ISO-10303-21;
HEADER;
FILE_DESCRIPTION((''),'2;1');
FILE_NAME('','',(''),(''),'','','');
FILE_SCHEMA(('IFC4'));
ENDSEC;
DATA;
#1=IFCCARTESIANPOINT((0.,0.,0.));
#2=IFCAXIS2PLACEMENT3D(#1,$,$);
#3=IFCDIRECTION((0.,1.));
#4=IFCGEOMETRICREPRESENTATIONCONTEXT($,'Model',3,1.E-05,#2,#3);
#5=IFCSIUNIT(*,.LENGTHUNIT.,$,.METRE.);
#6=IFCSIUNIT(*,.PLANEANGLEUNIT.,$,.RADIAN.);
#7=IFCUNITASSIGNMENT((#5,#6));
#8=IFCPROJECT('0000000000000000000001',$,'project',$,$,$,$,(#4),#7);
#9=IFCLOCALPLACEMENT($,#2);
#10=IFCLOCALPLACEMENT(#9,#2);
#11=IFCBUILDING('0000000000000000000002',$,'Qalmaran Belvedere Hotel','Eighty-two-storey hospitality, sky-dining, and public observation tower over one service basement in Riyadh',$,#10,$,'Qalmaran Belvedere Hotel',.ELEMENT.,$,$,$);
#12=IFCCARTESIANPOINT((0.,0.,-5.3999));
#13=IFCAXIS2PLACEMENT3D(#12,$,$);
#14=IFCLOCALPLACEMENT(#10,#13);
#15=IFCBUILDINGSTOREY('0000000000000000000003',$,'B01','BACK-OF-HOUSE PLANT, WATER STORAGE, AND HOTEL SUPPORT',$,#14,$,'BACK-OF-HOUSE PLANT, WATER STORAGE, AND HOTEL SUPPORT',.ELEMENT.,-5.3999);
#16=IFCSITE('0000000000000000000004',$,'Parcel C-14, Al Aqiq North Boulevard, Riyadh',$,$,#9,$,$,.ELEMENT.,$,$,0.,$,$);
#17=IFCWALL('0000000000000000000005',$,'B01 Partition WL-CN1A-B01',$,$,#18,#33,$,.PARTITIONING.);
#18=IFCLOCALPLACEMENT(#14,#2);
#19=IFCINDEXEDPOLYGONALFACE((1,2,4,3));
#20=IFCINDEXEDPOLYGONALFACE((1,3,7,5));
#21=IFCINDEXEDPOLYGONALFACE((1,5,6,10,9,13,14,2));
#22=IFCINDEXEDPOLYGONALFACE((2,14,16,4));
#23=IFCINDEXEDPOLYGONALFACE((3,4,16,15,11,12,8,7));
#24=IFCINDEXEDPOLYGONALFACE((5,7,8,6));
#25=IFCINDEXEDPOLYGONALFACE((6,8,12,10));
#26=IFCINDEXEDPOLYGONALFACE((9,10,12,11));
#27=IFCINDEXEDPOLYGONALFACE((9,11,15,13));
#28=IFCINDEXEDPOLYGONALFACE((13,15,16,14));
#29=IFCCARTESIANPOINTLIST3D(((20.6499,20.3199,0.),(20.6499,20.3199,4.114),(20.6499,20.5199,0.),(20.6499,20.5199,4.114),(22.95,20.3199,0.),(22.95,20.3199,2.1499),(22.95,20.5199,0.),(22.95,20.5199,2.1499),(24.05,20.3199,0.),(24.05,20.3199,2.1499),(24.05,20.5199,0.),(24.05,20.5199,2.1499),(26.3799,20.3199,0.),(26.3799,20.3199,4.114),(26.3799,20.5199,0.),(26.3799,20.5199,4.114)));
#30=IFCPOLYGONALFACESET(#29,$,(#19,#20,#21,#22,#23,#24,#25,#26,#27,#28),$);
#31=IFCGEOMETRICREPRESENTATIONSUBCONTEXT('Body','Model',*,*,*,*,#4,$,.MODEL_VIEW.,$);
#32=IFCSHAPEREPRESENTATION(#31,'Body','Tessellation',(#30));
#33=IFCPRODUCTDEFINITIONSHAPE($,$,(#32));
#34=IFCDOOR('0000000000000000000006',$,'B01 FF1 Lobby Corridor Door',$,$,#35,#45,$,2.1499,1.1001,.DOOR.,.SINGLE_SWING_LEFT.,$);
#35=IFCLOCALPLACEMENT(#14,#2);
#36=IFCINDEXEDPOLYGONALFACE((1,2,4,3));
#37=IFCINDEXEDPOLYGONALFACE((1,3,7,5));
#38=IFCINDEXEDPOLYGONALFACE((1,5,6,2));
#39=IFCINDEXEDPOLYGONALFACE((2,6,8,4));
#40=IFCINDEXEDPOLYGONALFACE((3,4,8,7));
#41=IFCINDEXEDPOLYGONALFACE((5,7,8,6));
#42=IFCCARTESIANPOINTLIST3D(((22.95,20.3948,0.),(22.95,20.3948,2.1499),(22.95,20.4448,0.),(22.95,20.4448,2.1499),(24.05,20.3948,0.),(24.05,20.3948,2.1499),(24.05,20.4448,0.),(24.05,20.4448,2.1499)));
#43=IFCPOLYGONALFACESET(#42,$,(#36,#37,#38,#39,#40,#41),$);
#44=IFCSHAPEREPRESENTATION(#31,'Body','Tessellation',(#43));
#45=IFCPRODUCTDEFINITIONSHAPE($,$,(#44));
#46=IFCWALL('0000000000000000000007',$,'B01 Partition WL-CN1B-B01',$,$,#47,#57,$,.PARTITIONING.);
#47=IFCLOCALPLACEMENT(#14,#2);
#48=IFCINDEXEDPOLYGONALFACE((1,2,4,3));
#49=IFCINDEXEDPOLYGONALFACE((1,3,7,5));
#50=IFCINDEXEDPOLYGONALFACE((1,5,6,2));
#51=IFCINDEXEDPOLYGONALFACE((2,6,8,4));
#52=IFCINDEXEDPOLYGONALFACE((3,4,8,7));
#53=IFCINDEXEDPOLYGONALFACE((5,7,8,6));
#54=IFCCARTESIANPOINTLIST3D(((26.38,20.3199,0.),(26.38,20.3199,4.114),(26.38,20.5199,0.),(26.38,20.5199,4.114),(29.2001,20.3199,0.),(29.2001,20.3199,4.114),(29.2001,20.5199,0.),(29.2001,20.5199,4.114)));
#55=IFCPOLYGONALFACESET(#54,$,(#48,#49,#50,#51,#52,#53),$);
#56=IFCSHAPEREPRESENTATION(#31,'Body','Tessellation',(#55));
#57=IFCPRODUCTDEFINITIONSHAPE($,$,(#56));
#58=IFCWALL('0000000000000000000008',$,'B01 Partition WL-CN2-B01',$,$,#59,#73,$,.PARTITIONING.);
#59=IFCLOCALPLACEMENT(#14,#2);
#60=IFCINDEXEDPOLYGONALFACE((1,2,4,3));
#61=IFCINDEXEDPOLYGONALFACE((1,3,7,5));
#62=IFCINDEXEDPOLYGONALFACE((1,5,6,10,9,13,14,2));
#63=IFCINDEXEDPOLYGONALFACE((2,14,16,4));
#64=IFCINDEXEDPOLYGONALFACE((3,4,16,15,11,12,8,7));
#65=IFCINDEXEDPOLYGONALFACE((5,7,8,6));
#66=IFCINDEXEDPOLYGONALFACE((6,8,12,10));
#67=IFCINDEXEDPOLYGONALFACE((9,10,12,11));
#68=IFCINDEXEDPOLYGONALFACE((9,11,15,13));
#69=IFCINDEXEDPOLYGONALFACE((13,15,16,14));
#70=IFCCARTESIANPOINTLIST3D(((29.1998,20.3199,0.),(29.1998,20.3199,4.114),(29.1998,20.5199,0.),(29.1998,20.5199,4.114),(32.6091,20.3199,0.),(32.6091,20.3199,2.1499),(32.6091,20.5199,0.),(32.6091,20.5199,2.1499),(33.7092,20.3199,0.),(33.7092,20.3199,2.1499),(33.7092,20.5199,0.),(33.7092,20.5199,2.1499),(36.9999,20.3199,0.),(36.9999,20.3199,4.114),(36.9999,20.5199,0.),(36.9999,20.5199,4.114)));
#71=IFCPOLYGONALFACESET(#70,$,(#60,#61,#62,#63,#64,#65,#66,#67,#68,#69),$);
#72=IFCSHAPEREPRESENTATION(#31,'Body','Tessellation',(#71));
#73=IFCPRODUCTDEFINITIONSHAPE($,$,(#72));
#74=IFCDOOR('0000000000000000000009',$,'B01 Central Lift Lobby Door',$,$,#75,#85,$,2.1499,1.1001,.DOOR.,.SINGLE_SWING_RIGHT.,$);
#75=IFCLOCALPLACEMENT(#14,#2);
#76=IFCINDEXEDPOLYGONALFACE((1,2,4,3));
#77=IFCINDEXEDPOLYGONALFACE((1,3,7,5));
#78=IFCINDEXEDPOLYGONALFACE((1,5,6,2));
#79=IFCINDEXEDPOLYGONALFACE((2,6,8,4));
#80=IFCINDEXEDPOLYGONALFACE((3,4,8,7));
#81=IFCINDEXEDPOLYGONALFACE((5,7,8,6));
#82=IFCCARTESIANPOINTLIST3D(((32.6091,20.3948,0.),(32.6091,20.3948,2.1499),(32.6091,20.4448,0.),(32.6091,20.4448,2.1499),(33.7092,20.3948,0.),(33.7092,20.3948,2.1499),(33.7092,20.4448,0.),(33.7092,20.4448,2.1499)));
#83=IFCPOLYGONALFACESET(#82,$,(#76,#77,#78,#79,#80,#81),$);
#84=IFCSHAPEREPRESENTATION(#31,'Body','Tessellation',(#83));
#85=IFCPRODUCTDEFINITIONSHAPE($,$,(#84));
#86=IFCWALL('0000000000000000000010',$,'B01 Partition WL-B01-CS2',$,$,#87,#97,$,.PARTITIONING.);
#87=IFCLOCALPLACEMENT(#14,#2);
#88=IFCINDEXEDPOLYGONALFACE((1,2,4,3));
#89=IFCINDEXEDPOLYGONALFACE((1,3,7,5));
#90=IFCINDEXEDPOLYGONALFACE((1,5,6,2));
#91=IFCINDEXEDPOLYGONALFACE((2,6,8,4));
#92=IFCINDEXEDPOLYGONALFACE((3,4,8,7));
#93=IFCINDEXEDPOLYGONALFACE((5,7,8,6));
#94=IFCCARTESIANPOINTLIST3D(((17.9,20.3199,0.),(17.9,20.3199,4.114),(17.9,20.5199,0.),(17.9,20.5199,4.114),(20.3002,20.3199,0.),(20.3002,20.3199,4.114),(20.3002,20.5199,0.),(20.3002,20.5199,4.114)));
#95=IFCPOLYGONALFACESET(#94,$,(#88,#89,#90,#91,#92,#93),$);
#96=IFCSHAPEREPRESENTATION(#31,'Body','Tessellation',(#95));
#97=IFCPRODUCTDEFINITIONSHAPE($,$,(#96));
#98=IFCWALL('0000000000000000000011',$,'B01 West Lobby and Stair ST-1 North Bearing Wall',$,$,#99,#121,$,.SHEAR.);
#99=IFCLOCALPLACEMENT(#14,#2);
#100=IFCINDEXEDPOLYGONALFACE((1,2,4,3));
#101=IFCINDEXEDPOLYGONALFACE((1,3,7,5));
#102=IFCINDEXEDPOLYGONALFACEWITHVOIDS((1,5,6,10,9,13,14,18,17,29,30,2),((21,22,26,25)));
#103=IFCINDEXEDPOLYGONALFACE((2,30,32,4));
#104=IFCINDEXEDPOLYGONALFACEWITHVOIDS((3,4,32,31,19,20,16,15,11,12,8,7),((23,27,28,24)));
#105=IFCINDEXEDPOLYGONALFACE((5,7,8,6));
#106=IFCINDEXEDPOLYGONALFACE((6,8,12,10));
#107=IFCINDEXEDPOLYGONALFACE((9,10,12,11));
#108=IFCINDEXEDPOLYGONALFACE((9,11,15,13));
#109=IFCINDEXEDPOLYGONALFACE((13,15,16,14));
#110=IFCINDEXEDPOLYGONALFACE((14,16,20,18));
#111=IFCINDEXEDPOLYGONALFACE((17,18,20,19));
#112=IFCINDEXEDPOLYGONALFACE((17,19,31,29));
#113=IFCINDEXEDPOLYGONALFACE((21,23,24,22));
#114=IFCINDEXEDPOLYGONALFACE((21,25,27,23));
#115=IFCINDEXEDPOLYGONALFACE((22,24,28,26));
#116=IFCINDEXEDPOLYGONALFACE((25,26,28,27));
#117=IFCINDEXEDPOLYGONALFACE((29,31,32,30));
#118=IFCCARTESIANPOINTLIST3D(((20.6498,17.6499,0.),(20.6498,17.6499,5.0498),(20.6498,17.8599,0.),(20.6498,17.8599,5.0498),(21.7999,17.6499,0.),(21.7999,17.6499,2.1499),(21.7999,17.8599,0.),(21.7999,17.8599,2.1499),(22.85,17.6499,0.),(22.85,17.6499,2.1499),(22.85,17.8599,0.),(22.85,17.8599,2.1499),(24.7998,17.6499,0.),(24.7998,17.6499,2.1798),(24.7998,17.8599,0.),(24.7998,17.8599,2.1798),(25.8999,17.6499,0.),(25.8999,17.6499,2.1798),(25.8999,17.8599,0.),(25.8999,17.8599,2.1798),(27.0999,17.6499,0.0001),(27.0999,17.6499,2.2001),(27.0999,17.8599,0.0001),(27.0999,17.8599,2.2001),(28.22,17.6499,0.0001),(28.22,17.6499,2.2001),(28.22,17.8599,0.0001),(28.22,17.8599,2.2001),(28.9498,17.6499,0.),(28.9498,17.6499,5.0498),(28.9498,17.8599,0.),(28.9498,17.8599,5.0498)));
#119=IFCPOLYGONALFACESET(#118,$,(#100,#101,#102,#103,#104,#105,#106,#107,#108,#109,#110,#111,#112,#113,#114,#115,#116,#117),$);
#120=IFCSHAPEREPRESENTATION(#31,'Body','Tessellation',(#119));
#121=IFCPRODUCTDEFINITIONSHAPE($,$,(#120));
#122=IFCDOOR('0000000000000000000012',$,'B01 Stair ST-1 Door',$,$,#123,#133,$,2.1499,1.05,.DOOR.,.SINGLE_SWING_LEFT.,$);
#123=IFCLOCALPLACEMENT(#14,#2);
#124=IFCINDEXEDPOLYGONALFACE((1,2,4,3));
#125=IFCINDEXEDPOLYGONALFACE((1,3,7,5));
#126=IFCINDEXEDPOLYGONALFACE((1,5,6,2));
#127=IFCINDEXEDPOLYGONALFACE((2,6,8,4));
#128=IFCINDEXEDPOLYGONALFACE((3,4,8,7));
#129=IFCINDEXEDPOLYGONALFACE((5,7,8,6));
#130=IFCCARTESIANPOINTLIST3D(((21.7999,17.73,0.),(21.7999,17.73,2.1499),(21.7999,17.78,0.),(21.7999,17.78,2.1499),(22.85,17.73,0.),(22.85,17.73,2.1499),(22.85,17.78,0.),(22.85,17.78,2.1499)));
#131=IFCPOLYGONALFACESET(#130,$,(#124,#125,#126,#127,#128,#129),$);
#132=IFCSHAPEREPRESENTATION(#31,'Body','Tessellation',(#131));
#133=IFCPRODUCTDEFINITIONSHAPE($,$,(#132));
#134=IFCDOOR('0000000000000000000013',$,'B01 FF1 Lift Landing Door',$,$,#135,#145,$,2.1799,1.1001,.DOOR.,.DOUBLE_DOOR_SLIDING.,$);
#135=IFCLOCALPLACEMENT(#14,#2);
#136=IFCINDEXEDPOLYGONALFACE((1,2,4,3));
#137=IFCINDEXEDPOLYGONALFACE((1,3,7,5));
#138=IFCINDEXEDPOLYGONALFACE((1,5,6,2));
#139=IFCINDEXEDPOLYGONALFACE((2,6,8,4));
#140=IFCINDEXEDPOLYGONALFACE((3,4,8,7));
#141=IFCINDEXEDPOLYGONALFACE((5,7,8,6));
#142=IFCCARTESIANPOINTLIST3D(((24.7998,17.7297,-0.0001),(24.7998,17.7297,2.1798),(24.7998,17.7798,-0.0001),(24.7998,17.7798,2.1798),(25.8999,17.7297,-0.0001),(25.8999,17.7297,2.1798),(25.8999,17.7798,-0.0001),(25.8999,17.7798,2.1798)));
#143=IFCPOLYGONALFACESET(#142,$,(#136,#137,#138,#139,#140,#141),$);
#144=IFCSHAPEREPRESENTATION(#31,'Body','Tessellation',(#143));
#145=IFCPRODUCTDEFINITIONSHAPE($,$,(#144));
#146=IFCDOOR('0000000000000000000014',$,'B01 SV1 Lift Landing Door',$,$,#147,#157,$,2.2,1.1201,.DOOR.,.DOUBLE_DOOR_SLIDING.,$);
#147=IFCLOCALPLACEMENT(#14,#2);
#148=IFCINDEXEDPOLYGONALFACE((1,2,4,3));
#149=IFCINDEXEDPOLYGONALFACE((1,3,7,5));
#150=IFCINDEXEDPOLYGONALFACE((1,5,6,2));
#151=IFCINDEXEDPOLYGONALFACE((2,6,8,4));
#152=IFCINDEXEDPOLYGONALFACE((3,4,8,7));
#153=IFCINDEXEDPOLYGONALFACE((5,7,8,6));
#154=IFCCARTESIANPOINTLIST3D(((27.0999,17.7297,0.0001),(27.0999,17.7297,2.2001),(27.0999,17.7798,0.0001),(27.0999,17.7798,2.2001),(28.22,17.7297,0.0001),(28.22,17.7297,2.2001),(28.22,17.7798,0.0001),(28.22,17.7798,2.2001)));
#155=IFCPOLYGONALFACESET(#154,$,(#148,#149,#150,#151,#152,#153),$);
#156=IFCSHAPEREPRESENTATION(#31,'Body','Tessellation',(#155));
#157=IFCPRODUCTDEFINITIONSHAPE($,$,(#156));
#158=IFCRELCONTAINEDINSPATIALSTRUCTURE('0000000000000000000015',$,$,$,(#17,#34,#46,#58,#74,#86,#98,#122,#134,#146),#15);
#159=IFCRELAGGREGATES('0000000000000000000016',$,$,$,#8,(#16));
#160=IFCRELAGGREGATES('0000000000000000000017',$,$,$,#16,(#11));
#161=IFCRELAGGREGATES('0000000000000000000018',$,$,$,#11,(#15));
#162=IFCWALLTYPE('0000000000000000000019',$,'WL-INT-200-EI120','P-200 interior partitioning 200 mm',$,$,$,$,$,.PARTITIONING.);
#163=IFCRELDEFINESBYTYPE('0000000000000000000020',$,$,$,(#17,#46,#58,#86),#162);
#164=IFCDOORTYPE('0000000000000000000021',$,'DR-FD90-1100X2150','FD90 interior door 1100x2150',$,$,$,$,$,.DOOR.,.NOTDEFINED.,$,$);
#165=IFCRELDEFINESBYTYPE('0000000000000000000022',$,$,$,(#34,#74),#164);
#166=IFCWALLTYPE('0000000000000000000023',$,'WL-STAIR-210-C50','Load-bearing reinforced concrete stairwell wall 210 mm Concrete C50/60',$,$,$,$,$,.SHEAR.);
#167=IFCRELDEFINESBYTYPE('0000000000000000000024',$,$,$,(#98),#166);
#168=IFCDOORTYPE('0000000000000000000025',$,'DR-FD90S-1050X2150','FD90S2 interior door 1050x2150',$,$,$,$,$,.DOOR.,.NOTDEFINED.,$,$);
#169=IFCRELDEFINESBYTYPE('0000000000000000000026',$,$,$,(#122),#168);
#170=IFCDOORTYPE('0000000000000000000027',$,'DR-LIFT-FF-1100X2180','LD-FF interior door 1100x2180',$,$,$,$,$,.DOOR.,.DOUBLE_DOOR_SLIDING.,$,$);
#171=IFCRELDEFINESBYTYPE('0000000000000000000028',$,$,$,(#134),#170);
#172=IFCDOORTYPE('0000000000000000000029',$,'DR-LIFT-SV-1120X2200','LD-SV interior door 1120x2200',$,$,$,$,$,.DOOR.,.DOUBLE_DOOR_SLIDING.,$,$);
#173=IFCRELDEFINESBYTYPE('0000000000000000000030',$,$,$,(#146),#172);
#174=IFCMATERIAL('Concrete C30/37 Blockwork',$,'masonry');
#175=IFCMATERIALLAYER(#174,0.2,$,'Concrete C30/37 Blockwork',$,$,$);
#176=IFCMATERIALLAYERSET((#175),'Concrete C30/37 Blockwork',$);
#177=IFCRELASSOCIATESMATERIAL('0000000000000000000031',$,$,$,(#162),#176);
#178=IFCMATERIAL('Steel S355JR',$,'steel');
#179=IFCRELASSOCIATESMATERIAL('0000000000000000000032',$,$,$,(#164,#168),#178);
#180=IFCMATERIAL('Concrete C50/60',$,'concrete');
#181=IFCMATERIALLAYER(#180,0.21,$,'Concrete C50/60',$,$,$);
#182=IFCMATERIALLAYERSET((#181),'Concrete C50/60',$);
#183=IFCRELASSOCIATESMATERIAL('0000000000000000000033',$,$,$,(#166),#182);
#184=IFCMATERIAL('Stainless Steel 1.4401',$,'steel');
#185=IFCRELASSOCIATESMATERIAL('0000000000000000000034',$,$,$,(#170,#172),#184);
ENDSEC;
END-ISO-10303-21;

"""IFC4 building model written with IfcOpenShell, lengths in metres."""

from ifc_helpers import new_model, si_unit, direction, frame, frame_2d, origin, place, context, subcontext, project, spatial, rectangle, extrude, material, layer, layer_set, type_object, element, fill, save


model = new_model("IFC4")

# Units and contexts
model_context = context("Model", 3, precision=1e-05, world=origin(), true_north=direction((0.0, 1.0)))
body_context = subcontext(model_context, "Body", "Model", "MODEL_VIEW")
ifc_project = project(units=[si_unit("LENGTHUNIT", "METRE"), si_unit("PLANEANGLEUNIT", "RADIAN")], contexts=[model_context])

# Site, building, storey
site_placement = place(None, origin())
site = spatial("IfcSite", under=ifc_project, at=site_placement, Name="Parcel C-14, Al Aqiq North Boulevard, Riyadh", CompositionType="ELEMENT", RefElevation=0.0)
building_placement = place(site_placement, origin())
building = spatial("IfcBuilding", under=site, at=building_placement, Name="Qalmaran Belvedere Hotel", Description="Eighty-two-storey hospitality, sky-dining, and public observation tower over one service basement in Riyadh", LongName="Qalmaran Belvedere Hotel", CompositionType="ELEMENT")
storey_placement = place(building_placement, frame((0.0, 0.0, -5.3999)))
storey = spatial("IfcBuildingStorey", under=building, at=storey_placement, Name="B01", Description="BACK-OF-HOUSE PLANT, WATER STORAGE, AND HOTEL SUPPORT", LongName="BACK-OF-HOUSE PLANT, WATER STORAGE, AND HOTEL SUPPORT", CompositionType="ELEMENT", Elevation=-5.3999)

# Shared definitions
ifc_material_1 = material(Name="Steel S355JR", Category="steel")

# Wall, opening, door
ifc_material_2 = material(Name="Concrete C30/37 Blockwork", Category="masonry")
ifc_layer_1 = layer(ifc_material_2, 0.2, Name="Concrete C30/37 Blockwork")
ifc_layer_set_1 = layer_set([ifc_layer_1], Name="Concrete C30/37 Blockwork")
wall_type_1 = type_object("IfcWallType", Name="WL-INT-200-EI120", Description="P-200 interior partitioning 200 mm", PredefinedType="PARTITIONING", material=ifc_layer_set_1)
wall_1_placement = place(storey_placement, frame((20.6499, 20.4199, 0.0), z_axis=(0.0, 0.0, 1.0), x_axis=(1.0, 0.0, 0.0)))
wall_1 = element("IfcWall", 1, at=wall_1_placement, inside=storey, type_object=wall_type_1, Name="B01 Partition WL-CN1A-B01", PredefinedType="PARTITIONING", context=body_context, shape_type="SweptSolid", body=[
    extrude(rectangle(XDim=5.73, YDim=0.2, at=frame_2d((2.865, 0.0))), origin(), (0.0, 0.0, 1.0), 4.114),
])
opening_1_placement = place(wall_1_placement, frame((2.3, 0.0, 0.0)))
opening_1 = element("IfcOpeningElement", 2, at=opening_1_placement, cuts=wall_1, PredefinedType="OPENING", context=body_context, shape_type="SweptSolid", body=[
    extrude(rectangle(XDim=1.1001, YDim=2.1499, at=frame_2d((0.55, 1.075))), frame((0.0, 0.1099, 0.0), z_axis=(0.0, -1.0, 0.0), x_axis=(1.0, 0.0, 0.0)), (0.0, 0.0, 1.0), 0.22),
])
door_type_1 = type_object("IfcDoorType", Name="DR-FD90-1100X2150", Description="FD90 interior door 1100x2150", OperationType="NOTDEFINED", PredefinedType="DOOR", material=ifc_material_1)
door_1_placement = place(opening_1_placement, origin())
door_1 = element("IfcDoor", 3, at=door_1_placement, inside=storey, type_object=door_type_1, Name="B01 FF1 Lobby Corridor Door", OperationType="SINGLE_SWING_LEFT", OverallHeight=2.1499, OverallWidth=1.1001, PredefinedType="DOOR", context=body_context, shape_type="SweptSolid", body=[
    extrude(rectangle(XDim=1.1001, YDim=2.1499, at=frame_2d((0.55, 1.075))), frame((0.0, 0.0249, 0.0), z_axis=(0.0, -1.0, 0.0), x_axis=(1.0, 0.0, 0.0)), (0.0, 0.0, 1.0), 0.05),
])
fill(opening_1, door_1)

# Wall
wall_2_placement = place(storey_placement, frame((26.3799, 20.4199, 0.0), z_axis=(0.0, 0.0, 1.0), x_axis=(1.0, 0.0, 0.0)))
element("IfcWall", 4, at=wall_2_placement, inside=storey, type_object=wall_type_1, Name="B01 Partition WL-CN1B-B01", PredefinedType="PARTITIONING", context=body_context, shape_type="SweptSolid", body=[
    extrude(rectangle(XDim=2.8201, YDim=0.2, at=frame_2d((1.4102, 0.0))), origin(), (0.0, 0.0, 1.0), 4.114),
])

# Wall, opening, door
wall_3_placement = place(storey_placement, frame((29.2, 20.4199, 0.0), z_axis=(0.0, 0.0, 1.0), x_axis=(1.0, 0.0, 0.0)))
wall_3 = element("IfcWall", 5, at=wall_3_placement, inside=storey, type_object=wall_type_1, Name="B01 Partition WL-CN2-B01", PredefinedType="PARTITIONING", context=body_context, shape_type="SweptSolid", body=[
    extrude(rectangle(XDim=7.8, YDim=0.2, at=frame_2d((3.8999, 0.0))), origin(), (0.0, 0.0, 1.0), 4.114),
])
opening_2_placement = place(wall_3_placement, frame((3.4092, 0.0, 0.0)))
opening_2 = element("IfcOpeningElement", 6, at=opening_2_placement, cuts=wall_3, PredefinedType="OPENING", context=body_context, shape_type="SweptSolid", body=[
    extrude(rectangle(XDim=1.1001, YDim=2.1499, at=frame_2d((0.55, 1.075))), frame((0.0, 0.1099, 0.0), z_axis=(0.0, -1.0, 0.0), x_axis=(1.0, 0.0, 0.0)), (0.0, 0.0, 1.0), 0.22),
])
door_2_placement = place(opening_2_placement, origin())
door_2 = element("IfcDoor", 7, at=door_2_placement, inside=storey, type_object=door_type_1, Name="B01 Central Lift Lobby Door", OperationType="SINGLE_SWING_RIGHT", OverallHeight=2.1499, OverallWidth=1.1001, PredefinedType="DOOR", context=body_context, shape_type="SweptSolid", body=[
    extrude(rectangle(XDim=1.1001, YDim=2.1499, at=frame_2d((0.55, 1.075))), frame((0.0, 0.0249, 0.0), z_axis=(0.0, -1.0, 0.0), x_axis=(1.0, 0.0, 0.0)), (0.0, 0.0, 1.0), 0.05),
])
fill(opening_2, door_2)

# Wall
wall_4_placement = place(storey_placement, frame((17.8999, 20.4199, 0.0), z_axis=(0.0, 0.0, 1.0), x_axis=(1.0, 0.0, 0.0)))
element("IfcWall", 8, at=wall_4_placement, inside=storey, type_object=wall_type_1, Name="B01 Partition WL-B01-CS2", PredefinedType="PARTITIONING", context=body_context, shape_type="SweptSolid", body=[
    extrude(rectangle(XDim=2.4001, YDim=0.2, at=frame_2d((1.2002, 0.0))), origin(), (0.0, 0.0, 1.0), 4.114),
])

# Wall, openings, doors
ifc_material_3 = material(Name="Concrete C50/60", Category="concrete")
ifc_layer_2 = layer(ifc_material_3, 0.21, Name="Concrete C50/60")
ifc_layer_set_2 = layer_set([ifc_layer_2], Name="Concrete C50/60")
wall_type_2 = type_object("IfcWallType", Name="WL-STAIR-210-C50", Description="Load-bearing reinforced concrete stairwell wall 210 mm Concrete C50/60", PredefinedType="SHEAR", material=ifc_layer_set_2)
wall_5_placement = place(storey_placement, frame((20.6499, 17.7549, 0.0), z_axis=(0.0, 0.0, 1.0), x_axis=(1.0, 0.0, 0.0)))
wall_5 = element("IfcWall", 9, at=wall_5_placement, inside=storey, type_object=wall_type_2, Name="B01 West Lobby and Stair ST-1 North Bearing Wall", PredefinedType="SHEAR", context=body_context, shape_type="SweptSolid", body=[
    extrude(rectangle(XDim=8.3, YDim=0.21, at=frame_2d((4.1499, 0.0))), origin(), (0.0, 0.0, 1.0), 5.0498),
])
opening_3_placement = place(wall_5_placement, frame((2.2, 0.0, 0.0), z_axis=(0.0, 0.0, 1.0), x_axis=(-1.0, 0.0, 0.0)))
opening_3 = element("IfcOpeningElement", 10, at=opening_3_placement, cuts=wall_5, PredefinedType="OPENING", context=body_context, shape_type="SweptSolid", body=[
    extrude(rectangle(XDim=1.05, YDim=2.1499, at=frame_2d((0.5249, 1.075))), frame((0.0, 0.115, 0.0), z_axis=(0.0, -1.0, 0.0), x_axis=(1.0, 0.0, 0.0)), (0.0, 0.0, 1.0), 0.23),
])
opening_4_placement = place(wall_5_placement, frame((4.1499, 0.0, 0.0)))
opening_4 = element("IfcOpeningElement", 11, at=opening_4_placement, cuts=wall_5, PredefinedType="OPENING", context=body_context, shape_type="SweptSolid", body=[
    extrude(rectangle(XDim=1.1001, YDim=2.1799, at=frame_2d((0.55, 1.0898))), frame((0.0, 0.115, 0.0), z_axis=(0.0, -1.0, 0.0), x_axis=(1.0, 0.0, 0.0)), (0.0, 0.0, 1.0), 0.23),
])
opening_5_placement = place(wall_5_placement, frame((6.45, 0.0, 0.0)))
opening_5 = element("IfcOpeningElement", 12, at=opening_5_placement, cuts=wall_5, PredefinedType="OPENING", context=body_context, shape_type="SweptSolid", body=[
    extrude(rectangle(XDim=1.1201, YDim=2.2, at=frame_2d((0.5601, 1.1001))), frame((0.0, 0.115, 0.0), z_axis=(0.0, -1.0, 0.0), x_axis=(1.0, 0.0, 0.0)), (0.0, 0.0, 1.0), 0.23),
])
door_type_2 = type_object("IfcDoorType", Name="DR-FD90S-1050X2150", Description="FD90S2 interior door 1050x2150", OperationType="NOTDEFINED", PredefinedType="DOOR", material=ifc_material_1)
door_3_placement = place(opening_3_placement, origin())
door_3 = element("IfcDoor", 13, at=door_3_placement, inside=storey, type_object=door_type_2, Name="B01 Stair ST-1 Door", OperationType="SINGLE_SWING_LEFT", OverallHeight=2.1499, OverallWidth=1.05, PredefinedType="DOOR", context=body_context, shape_type="SweptSolid", body=[
    extrude(rectangle(XDim=1.05, YDim=2.1499, at=frame_2d((0.5249, 1.075))), frame((0.0, 0.0249, 0.0), z_axis=(0.0, -1.0, 0.0), x_axis=(1.0, 0.0, 0.0)), (0.0, 0.0, 1.0), 0.05),
])
fill(opening_3, door_3)
ifc_material_4 = material(Name="Stainless Steel 1.4401", Category="steel")
door_type_3 = type_object("IfcDoorType", Name="DR-LIFT-FF-1100X2180", Description="LD-FF interior door 1100x2180", OperationType="DOUBLE_DOOR_SLIDING", PredefinedType="DOOR", material=ifc_material_4)
door_4_placement = place(opening_4_placement, origin())
door_4 = element("IfcDoor", 14, at=door_4_placement, inside=storey, type_object=door_type_3, Name="B01 FF1 Lift Landing Door", OperationType="DOUBLE_DOOR_SLIDING", OverallHeight=2.1799, OverallWidth=1.1001, PredefinedType="DOOR", context=body_context, shape_type="SweptSolid", body=[
    extrude(rectangle(XDim=1.1001, YDim=2.1799, at=frame_2d((0.55, 1.0898))), frame((0.0, 0.0249, 0.0), z_axis=(0.0, -1.0, 0.0), x_axis=(1.0, 0.0, 0.0)), (0.0, 0.0, 1.0), 0.05),
])
fill(opening_4, door_4)
door_type_4 = type_object("IfcDoorType", Name="DR-LIFT-SV-1120X2200", Description="LD-SV interior door 1120x2200", OperationType="DOUBLE_DOOR_SLIDING", PredefinedType="DOOR", material=ifc_material_4)
door_5_placement = place(opening_5_placement, origin())
door_5 = element("IfcDoor", 15, at=door_5_placement, inside=storey, type_object=door_type_4, Name="B01 SV1 Lift Landing Door", OperationType="DOUBLE_DOOR_SLIDING", OverallHeight=2.2, OverallWidth=1.1201, PredefinedType="DOOR", context=body_context, shape_type="SweptSolid", body=[
    extrude(rectangle(XDim=1.1201, YDim=2.2, at=frame_2d((0.5601, 1.1001))), frame((0.0, 0.0249, 0.0), z_axis=(0.0, -1.0, 0.0), x_axis=(1.0, 0.0, 0.0)), (0.0, 0.0, 1.0), 0.05),
])
fill(opening_5, door_5)

save(model, "model.ifc")
